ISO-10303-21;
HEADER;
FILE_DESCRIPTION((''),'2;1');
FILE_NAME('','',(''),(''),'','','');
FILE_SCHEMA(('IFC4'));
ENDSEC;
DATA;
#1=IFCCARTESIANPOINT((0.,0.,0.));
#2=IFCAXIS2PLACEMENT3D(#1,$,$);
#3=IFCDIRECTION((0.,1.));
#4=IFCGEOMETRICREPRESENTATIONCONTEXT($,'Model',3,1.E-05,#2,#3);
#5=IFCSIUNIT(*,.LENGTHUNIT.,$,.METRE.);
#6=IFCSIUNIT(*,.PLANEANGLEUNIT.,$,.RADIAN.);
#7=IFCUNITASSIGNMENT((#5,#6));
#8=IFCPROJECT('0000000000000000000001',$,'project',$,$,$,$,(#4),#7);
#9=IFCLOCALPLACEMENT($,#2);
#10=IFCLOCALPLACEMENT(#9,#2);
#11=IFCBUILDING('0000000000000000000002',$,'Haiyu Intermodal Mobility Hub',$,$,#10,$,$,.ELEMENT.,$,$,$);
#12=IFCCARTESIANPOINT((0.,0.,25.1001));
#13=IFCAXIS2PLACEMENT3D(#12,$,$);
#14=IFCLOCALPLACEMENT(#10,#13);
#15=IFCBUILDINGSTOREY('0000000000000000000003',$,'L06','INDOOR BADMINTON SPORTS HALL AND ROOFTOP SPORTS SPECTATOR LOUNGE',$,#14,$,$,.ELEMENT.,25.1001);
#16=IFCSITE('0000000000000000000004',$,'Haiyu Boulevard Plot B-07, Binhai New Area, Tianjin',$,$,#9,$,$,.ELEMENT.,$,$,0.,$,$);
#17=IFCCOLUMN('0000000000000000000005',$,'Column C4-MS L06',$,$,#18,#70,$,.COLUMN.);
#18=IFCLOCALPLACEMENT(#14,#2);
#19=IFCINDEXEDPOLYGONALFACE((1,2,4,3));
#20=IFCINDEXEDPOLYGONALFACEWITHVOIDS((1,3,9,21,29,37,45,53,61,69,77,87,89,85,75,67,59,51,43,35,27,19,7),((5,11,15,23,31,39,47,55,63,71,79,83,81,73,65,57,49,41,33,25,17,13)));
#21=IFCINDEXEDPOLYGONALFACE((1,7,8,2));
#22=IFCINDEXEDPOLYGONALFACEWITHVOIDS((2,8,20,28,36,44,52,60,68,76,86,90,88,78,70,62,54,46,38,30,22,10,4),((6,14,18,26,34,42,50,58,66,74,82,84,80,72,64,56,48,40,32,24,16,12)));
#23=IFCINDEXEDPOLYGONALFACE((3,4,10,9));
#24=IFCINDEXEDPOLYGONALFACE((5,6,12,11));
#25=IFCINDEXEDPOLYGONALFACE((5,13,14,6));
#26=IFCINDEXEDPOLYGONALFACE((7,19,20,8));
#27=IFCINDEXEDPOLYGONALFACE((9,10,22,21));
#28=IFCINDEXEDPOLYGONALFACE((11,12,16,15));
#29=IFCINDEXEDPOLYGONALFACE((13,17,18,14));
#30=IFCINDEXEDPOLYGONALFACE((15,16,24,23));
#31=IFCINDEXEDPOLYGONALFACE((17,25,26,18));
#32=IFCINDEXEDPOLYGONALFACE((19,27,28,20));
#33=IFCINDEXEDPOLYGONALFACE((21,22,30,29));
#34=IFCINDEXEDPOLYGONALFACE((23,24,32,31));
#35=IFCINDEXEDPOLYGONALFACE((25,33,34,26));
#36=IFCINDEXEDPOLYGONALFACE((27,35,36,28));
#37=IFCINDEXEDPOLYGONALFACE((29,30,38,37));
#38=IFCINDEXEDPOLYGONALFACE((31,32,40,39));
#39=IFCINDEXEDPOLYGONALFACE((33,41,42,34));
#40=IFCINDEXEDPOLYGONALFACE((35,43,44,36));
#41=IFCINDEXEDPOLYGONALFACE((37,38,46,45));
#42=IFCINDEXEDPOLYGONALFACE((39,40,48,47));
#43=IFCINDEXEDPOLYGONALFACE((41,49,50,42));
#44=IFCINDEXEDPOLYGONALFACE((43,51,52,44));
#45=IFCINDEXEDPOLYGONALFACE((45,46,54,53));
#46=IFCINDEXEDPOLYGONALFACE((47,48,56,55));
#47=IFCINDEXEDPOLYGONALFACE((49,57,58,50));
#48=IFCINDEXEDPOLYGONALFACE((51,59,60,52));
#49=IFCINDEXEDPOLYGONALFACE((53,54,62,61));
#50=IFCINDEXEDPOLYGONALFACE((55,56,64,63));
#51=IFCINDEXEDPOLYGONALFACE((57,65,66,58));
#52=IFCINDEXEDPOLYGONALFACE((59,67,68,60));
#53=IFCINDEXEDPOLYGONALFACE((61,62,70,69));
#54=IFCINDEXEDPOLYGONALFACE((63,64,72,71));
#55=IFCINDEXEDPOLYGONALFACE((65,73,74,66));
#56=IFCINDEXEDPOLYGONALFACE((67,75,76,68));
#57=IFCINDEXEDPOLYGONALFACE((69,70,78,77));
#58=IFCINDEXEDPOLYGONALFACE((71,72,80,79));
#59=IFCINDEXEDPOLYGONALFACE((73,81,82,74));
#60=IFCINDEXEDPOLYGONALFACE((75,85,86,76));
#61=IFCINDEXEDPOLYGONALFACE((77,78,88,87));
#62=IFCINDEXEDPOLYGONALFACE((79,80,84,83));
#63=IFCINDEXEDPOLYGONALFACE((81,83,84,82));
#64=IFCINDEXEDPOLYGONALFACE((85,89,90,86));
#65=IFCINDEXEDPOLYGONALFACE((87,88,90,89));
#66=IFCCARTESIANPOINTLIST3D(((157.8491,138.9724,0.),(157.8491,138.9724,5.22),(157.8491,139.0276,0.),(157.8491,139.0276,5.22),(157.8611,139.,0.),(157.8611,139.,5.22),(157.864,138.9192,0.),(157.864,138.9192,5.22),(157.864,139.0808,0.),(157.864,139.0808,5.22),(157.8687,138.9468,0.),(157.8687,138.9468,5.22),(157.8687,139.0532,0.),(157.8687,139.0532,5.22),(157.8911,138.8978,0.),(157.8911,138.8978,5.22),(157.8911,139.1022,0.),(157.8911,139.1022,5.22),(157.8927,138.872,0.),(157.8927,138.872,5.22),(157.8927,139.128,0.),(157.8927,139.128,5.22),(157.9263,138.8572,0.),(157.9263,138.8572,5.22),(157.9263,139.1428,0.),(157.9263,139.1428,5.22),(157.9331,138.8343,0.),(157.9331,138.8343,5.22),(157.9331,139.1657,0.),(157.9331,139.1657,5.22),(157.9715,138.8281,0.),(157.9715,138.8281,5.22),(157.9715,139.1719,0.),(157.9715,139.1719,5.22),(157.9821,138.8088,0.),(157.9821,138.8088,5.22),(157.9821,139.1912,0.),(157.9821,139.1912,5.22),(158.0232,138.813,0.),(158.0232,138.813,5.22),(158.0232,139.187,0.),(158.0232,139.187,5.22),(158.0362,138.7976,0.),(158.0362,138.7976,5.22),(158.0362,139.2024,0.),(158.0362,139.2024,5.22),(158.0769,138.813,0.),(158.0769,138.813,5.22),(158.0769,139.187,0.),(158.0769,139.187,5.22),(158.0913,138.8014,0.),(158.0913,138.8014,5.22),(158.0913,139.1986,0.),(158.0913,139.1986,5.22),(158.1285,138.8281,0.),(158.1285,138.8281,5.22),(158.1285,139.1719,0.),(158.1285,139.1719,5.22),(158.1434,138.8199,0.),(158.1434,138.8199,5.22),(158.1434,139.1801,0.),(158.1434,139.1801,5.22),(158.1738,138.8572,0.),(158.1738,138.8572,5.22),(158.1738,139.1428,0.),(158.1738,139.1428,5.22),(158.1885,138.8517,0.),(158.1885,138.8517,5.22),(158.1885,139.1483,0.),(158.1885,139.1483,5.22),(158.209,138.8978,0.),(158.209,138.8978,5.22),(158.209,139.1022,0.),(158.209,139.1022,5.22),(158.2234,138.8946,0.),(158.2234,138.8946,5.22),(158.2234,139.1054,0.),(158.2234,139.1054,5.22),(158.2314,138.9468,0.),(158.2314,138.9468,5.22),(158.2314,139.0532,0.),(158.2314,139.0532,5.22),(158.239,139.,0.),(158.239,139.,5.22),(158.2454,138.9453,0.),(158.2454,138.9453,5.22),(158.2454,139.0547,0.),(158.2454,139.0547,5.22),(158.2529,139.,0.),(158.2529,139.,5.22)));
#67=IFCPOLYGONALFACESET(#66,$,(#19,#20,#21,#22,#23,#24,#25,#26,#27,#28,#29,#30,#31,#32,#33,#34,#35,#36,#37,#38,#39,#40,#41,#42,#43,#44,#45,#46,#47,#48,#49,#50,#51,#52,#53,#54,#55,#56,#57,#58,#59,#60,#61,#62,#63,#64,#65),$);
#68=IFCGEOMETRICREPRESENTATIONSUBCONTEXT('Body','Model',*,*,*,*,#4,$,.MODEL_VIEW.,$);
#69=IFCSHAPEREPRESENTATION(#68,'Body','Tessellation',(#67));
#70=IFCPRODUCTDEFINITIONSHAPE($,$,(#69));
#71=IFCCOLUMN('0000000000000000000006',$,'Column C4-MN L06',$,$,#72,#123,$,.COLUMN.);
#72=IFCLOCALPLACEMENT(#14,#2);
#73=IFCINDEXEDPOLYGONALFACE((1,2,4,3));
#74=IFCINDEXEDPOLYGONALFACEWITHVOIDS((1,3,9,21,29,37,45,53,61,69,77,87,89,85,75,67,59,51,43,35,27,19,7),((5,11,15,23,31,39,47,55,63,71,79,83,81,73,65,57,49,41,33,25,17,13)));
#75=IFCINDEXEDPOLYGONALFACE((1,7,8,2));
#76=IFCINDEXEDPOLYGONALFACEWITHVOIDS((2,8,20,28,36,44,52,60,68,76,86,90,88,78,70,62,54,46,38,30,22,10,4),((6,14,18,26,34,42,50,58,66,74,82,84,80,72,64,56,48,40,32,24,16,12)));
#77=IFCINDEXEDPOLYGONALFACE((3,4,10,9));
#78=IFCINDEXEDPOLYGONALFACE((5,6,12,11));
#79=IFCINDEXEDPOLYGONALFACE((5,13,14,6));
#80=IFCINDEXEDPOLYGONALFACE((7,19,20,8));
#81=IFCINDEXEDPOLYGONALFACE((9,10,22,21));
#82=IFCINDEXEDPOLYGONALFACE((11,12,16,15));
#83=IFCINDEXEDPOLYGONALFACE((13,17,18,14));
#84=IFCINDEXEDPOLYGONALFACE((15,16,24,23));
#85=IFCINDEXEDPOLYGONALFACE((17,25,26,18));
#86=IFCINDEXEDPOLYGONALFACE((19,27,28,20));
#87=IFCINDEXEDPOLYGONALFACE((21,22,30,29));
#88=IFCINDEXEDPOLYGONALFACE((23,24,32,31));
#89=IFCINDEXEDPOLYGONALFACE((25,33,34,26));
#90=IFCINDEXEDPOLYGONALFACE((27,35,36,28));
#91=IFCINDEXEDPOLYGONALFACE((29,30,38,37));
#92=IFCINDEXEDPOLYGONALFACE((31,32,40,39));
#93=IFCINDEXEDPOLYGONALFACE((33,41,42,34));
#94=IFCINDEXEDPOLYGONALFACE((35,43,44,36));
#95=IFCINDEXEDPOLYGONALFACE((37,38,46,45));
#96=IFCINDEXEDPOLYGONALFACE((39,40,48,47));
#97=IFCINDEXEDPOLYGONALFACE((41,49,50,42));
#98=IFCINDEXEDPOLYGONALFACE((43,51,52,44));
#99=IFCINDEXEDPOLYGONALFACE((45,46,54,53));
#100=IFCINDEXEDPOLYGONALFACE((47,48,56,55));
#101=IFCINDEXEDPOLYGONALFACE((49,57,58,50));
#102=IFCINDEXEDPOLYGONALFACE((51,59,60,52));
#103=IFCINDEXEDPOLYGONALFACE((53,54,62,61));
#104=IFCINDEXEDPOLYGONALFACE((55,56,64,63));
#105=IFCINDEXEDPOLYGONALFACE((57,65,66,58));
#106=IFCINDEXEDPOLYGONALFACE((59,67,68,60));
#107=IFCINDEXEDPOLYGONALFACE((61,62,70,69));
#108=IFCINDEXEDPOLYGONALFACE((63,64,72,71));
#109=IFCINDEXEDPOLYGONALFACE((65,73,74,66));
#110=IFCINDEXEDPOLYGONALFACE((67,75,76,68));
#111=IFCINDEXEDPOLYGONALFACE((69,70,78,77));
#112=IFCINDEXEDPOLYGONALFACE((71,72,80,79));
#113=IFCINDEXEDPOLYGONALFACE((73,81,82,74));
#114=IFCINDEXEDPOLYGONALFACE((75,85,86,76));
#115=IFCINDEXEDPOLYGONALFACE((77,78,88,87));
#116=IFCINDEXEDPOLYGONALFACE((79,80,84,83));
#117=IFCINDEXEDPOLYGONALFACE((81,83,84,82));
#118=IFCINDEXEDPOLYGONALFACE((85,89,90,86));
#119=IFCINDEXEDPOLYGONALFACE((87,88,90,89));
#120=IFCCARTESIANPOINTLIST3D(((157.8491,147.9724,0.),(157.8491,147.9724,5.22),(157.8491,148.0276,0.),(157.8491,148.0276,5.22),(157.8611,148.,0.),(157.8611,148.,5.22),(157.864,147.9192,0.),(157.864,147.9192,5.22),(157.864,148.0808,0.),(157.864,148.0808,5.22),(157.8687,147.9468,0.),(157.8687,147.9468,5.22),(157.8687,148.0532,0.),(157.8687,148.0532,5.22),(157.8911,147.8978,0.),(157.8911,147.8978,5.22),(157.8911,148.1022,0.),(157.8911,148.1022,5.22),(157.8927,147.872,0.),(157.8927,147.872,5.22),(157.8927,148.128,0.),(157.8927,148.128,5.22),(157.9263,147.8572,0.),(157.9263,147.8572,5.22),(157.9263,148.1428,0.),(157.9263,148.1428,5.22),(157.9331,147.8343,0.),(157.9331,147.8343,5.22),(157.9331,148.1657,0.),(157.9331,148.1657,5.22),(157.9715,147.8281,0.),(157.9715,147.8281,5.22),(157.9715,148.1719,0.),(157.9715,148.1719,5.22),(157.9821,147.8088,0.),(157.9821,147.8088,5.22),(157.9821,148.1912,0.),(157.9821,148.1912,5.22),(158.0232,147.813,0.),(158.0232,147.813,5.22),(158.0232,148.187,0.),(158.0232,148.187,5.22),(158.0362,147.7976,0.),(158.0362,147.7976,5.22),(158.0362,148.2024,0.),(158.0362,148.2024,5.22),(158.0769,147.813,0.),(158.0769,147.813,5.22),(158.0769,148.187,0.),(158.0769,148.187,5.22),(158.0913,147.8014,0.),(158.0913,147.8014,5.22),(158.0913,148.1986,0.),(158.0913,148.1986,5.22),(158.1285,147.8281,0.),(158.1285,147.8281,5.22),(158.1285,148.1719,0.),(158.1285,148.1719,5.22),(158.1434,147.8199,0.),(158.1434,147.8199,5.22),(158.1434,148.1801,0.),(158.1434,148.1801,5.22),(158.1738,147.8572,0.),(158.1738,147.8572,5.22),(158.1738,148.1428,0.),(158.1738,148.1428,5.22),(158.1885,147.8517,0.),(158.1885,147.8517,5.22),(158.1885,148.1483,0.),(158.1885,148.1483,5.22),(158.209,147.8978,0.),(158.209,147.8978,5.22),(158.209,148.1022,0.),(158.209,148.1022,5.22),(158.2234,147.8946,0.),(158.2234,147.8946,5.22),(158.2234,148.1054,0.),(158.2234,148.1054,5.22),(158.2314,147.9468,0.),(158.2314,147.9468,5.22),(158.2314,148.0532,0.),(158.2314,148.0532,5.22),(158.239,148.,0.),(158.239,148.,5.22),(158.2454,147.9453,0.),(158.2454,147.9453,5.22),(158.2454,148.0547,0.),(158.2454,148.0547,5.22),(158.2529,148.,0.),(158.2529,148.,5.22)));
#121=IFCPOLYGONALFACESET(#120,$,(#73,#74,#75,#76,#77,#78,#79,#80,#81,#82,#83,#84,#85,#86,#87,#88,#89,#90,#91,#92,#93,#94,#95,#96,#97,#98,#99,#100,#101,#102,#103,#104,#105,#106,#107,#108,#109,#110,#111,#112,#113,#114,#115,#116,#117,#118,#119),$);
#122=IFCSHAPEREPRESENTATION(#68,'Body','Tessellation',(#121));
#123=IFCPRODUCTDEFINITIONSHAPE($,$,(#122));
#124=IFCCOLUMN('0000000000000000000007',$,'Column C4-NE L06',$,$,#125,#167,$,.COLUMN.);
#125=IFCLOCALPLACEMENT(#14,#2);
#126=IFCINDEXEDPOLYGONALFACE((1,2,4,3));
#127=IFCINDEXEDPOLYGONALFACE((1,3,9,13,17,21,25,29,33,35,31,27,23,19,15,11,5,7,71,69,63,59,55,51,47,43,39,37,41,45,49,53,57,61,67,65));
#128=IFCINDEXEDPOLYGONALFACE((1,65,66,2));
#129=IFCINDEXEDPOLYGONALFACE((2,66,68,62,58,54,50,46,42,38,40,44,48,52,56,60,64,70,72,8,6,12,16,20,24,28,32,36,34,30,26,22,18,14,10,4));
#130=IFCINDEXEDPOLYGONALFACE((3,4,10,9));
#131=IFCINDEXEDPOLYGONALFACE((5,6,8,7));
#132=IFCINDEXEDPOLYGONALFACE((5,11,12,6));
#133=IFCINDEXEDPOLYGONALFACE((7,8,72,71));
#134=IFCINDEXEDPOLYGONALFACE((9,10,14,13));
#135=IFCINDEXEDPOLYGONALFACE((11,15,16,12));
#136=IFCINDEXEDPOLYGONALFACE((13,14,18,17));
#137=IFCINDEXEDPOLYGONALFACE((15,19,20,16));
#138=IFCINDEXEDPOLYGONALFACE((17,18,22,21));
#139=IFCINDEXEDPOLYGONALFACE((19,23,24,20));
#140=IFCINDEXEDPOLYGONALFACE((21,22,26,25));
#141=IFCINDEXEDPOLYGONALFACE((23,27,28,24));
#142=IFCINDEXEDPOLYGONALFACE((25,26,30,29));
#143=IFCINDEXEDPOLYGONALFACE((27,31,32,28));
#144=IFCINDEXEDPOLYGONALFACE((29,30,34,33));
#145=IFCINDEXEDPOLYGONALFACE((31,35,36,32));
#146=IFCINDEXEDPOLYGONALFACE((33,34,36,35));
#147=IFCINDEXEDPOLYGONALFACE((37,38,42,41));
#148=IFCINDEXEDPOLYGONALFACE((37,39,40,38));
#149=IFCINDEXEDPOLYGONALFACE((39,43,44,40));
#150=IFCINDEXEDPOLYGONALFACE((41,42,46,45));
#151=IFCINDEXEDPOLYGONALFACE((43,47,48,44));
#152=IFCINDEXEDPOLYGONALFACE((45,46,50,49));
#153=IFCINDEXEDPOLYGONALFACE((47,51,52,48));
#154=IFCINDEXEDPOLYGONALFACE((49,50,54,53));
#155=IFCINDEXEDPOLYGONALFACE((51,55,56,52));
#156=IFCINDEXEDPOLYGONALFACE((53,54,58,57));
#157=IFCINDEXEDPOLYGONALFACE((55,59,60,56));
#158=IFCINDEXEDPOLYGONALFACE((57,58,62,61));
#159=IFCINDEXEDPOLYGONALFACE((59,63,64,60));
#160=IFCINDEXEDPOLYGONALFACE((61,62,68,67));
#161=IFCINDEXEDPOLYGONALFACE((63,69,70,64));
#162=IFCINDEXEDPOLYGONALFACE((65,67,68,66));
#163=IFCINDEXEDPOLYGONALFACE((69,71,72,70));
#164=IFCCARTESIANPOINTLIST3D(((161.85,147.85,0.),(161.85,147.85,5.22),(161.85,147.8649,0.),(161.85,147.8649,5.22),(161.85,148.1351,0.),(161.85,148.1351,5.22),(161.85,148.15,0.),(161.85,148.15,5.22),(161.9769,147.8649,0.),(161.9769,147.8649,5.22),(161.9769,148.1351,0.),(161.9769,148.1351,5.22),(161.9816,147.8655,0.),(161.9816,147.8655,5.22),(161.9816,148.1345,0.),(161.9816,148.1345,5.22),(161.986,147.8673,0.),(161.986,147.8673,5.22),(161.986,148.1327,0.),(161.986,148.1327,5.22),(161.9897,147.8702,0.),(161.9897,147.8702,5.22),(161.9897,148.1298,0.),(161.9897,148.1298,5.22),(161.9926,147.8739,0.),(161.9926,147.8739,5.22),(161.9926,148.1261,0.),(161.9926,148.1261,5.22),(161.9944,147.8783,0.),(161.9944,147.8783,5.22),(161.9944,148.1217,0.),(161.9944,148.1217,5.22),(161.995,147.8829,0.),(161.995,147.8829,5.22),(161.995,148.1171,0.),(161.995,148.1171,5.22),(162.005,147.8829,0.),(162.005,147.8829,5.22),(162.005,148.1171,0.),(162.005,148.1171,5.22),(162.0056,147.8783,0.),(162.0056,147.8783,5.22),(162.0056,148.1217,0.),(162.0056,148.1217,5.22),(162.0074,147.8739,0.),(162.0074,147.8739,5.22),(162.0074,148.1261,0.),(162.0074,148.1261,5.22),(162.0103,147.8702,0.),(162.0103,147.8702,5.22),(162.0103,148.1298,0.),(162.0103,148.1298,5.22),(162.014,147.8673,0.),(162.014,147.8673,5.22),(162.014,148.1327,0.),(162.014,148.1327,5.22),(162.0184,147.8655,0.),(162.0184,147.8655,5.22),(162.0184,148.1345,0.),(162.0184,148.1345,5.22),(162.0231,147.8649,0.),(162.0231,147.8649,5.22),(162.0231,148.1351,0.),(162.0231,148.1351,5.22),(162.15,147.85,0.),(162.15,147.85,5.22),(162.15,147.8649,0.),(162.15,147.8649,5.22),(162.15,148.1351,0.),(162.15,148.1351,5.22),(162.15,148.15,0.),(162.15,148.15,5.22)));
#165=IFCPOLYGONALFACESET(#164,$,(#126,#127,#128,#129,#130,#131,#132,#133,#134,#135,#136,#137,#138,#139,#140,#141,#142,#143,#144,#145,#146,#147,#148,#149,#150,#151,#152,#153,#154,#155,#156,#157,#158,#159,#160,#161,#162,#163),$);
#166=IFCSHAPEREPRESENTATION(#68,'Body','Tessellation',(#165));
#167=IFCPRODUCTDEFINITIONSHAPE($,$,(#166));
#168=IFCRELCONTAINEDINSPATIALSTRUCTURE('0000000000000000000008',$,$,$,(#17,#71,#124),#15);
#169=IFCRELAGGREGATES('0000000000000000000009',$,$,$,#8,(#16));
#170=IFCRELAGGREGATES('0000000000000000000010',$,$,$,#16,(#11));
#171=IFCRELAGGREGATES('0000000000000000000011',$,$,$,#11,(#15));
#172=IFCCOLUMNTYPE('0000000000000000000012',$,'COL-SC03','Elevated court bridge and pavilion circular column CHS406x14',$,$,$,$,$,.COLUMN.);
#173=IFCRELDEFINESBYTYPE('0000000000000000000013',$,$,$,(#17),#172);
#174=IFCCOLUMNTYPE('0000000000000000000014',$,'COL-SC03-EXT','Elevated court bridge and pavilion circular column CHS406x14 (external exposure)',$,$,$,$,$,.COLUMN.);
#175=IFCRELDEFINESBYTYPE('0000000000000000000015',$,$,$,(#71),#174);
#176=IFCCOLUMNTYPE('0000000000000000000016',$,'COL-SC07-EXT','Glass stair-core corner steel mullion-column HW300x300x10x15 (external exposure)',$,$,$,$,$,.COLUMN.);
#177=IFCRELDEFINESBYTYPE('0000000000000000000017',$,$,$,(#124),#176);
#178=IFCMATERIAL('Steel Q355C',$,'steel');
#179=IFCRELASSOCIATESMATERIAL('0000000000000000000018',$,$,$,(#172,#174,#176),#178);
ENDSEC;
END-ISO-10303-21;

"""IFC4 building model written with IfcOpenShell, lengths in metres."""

from ifc_helpers import new_model, si_unit, direction, frame, origin, origin_2d, place, context, subcontext, project, spatial, hollow_circle, i_section, extrude, material, material_profile, profile_set, type_object, element, save


model = new_model("IFC4")

# Units and contexts
model_context = context("Model", 3, precision=1e-05, world=origin(), true_north=direction((0.0, 1.0)))
body_context = subcontext(model_context, "Body", "Model", "MODEL_VIEW")
ifc_project = project(units=[si_unit("LENGTHUNIT", "METRE"), si_unit("PLANEANGLEUNIT", "RADIAN")], contexts=[model_context])

# Site, building, storey
site_placement = place(None, origin())
site = spatial("IfcSite", under=ifc_project, at=site_placement, Name="Haiyu Boulevard Plot B-07, Binhai New Area, Tianjin", CompositionType="ELEMENT", RefElevation=0.0)
building_placement = place(site_placement, origin())
building = spatial("IfcBuilding", under=site, at=building_placement, Name="Haiyu Intermodal Mobility Hub", CompositionType="ELEMENT")
storey_placement = place(building_placement, frame((0.0, 0.0, 25.1001)))
storey = spatial("IfcBuildingStorey", under=building, at=storey_placement, Name="L06", Description="INDOOR BADMINTON SPORTS HALL AND ROOFTOP SPORTS SPECTATOR LOUNGE", CompositionType="ELEMENT", Elevation=25.1001)

# Columns
ifc_material_1 = material(Name="Steel Q355C", Category="steel")
ifc_material_profile_1 = material_profile(ifc_material_1, hollow_circle(Radius=0.2029, WallThickness=0.0139, at=origin_2d()), Name="CHS406x14")
ifc_profile_set_1 = profile_set([ifc_material_profile_1], Name="Steel Q355C")
column_type_1 = type_object("IfcColumnType", Name="COL-SC03", Description="Elevated court bridge and pavilion circular column CHS406x14", PredefinedType="COLUMN", material=ifc_profile_set_1)
column_1_placement = place(storey_placement, frame((158.05, 139.0, 0.0), z_axis=(0.0, 0.0, 1.0), x_axis=(1.0, 0.0, 0.0)))
element("IfcColumn", 1, at=column_1_placement, inside=storey, type_object=column_type_1, Name="Column C4-MS L06", PredefinedType="COLUMN", context=body_context, shape_type="SweptSolid", body=[
    extrude(hollow_circle(Radius=0.2029, WallThickness=0.0139, at=origin_2d()), origin(), (0.0, 0.0, 1.0), 5.22),
])
ifc_material_profile_2 = material_profile(ifc_material_1, hollow_circle(Radius=0.2029, WallThickness=0.0139, at=origin_2d()), Name="CHS406x14")
ifc_profile_set_2 = profile_set([ifc_material_profile_2], Name="Steel Q355C")
column_type_2 = type_object("IfcColumnType", Name="COL-SC03-EXT", Description="Elevated court bridge and pavilion circular column CHS406x14 (external exposure)", PredefinedType="COLUMN", material=ifc_profile_set_2)
column_2_placement = place(storey_placement, frame((158.05, 148.0, 0.0), z_axis=(0.0, 0.0, 1.0), x_axis=(1.0, 0.0, 0.0)))
element("IfcColumn", 2, at=column_2_placement, inside=storey, type_object=column_type_2, Name="Column C4-MN L06", PredefinedType="COLUMN", context=body_context, shape_type="SweptSolid", body=[
    extrude(hollow_circle(Radius=0.2029, WallThickness=0.0139, at=origin_2d()), origin(), (0.0, 0.0, 1.0), 5.22),
])
ifc_material_profile_3 = material_profile(ifc_material_1, i_section(OverallWidth=0.3, OverallDepth=0.3, WebThickness=0.01, FlangeThickness=0.0149, FilletRadius=0.0181, at=origin_2d()), Name="HW300x300x10x15")
ifc_profile_set_3 = profile_set([ifc_material_profile_3], Name="Steel Q355C")
column_type_3 = type_object("IfcColumnType", Name="COL-SC07-EXT", Description="Glass stair-core corner steel mullion-column HW300x300x10x15 (external exposure)", PredefinedType="COLUMN", material=ifc_profile_set_3)
for number, where, z_axis, x_axis, name in (
    (3, (162.0, 148.0, 0.0), (0.0, 0.0, 1.0), (1.0, 0.0, 0.0), "Column C4-NE L06"),
):
    element("IfcColumn", number, at=place(storey_placement, frame(where, z_axis=z_axis, x_axis=x_axis)), inside=storey, type_object=column_type_3, Name=name, PredefinedType="COLUMN", context=body_context, shape_type="SweptSolid", body=[
        extrude(i_section(OverallWidth=0.3, OverallDepth=0.3, WebThickness=0.01, FlangeThickness=0.0149, FilletRadius=0.0181, at=origin_2d()), origin(), (0.0, 0.0, 1.0), 5.22),
    ])

save(model, "model.ifc")
